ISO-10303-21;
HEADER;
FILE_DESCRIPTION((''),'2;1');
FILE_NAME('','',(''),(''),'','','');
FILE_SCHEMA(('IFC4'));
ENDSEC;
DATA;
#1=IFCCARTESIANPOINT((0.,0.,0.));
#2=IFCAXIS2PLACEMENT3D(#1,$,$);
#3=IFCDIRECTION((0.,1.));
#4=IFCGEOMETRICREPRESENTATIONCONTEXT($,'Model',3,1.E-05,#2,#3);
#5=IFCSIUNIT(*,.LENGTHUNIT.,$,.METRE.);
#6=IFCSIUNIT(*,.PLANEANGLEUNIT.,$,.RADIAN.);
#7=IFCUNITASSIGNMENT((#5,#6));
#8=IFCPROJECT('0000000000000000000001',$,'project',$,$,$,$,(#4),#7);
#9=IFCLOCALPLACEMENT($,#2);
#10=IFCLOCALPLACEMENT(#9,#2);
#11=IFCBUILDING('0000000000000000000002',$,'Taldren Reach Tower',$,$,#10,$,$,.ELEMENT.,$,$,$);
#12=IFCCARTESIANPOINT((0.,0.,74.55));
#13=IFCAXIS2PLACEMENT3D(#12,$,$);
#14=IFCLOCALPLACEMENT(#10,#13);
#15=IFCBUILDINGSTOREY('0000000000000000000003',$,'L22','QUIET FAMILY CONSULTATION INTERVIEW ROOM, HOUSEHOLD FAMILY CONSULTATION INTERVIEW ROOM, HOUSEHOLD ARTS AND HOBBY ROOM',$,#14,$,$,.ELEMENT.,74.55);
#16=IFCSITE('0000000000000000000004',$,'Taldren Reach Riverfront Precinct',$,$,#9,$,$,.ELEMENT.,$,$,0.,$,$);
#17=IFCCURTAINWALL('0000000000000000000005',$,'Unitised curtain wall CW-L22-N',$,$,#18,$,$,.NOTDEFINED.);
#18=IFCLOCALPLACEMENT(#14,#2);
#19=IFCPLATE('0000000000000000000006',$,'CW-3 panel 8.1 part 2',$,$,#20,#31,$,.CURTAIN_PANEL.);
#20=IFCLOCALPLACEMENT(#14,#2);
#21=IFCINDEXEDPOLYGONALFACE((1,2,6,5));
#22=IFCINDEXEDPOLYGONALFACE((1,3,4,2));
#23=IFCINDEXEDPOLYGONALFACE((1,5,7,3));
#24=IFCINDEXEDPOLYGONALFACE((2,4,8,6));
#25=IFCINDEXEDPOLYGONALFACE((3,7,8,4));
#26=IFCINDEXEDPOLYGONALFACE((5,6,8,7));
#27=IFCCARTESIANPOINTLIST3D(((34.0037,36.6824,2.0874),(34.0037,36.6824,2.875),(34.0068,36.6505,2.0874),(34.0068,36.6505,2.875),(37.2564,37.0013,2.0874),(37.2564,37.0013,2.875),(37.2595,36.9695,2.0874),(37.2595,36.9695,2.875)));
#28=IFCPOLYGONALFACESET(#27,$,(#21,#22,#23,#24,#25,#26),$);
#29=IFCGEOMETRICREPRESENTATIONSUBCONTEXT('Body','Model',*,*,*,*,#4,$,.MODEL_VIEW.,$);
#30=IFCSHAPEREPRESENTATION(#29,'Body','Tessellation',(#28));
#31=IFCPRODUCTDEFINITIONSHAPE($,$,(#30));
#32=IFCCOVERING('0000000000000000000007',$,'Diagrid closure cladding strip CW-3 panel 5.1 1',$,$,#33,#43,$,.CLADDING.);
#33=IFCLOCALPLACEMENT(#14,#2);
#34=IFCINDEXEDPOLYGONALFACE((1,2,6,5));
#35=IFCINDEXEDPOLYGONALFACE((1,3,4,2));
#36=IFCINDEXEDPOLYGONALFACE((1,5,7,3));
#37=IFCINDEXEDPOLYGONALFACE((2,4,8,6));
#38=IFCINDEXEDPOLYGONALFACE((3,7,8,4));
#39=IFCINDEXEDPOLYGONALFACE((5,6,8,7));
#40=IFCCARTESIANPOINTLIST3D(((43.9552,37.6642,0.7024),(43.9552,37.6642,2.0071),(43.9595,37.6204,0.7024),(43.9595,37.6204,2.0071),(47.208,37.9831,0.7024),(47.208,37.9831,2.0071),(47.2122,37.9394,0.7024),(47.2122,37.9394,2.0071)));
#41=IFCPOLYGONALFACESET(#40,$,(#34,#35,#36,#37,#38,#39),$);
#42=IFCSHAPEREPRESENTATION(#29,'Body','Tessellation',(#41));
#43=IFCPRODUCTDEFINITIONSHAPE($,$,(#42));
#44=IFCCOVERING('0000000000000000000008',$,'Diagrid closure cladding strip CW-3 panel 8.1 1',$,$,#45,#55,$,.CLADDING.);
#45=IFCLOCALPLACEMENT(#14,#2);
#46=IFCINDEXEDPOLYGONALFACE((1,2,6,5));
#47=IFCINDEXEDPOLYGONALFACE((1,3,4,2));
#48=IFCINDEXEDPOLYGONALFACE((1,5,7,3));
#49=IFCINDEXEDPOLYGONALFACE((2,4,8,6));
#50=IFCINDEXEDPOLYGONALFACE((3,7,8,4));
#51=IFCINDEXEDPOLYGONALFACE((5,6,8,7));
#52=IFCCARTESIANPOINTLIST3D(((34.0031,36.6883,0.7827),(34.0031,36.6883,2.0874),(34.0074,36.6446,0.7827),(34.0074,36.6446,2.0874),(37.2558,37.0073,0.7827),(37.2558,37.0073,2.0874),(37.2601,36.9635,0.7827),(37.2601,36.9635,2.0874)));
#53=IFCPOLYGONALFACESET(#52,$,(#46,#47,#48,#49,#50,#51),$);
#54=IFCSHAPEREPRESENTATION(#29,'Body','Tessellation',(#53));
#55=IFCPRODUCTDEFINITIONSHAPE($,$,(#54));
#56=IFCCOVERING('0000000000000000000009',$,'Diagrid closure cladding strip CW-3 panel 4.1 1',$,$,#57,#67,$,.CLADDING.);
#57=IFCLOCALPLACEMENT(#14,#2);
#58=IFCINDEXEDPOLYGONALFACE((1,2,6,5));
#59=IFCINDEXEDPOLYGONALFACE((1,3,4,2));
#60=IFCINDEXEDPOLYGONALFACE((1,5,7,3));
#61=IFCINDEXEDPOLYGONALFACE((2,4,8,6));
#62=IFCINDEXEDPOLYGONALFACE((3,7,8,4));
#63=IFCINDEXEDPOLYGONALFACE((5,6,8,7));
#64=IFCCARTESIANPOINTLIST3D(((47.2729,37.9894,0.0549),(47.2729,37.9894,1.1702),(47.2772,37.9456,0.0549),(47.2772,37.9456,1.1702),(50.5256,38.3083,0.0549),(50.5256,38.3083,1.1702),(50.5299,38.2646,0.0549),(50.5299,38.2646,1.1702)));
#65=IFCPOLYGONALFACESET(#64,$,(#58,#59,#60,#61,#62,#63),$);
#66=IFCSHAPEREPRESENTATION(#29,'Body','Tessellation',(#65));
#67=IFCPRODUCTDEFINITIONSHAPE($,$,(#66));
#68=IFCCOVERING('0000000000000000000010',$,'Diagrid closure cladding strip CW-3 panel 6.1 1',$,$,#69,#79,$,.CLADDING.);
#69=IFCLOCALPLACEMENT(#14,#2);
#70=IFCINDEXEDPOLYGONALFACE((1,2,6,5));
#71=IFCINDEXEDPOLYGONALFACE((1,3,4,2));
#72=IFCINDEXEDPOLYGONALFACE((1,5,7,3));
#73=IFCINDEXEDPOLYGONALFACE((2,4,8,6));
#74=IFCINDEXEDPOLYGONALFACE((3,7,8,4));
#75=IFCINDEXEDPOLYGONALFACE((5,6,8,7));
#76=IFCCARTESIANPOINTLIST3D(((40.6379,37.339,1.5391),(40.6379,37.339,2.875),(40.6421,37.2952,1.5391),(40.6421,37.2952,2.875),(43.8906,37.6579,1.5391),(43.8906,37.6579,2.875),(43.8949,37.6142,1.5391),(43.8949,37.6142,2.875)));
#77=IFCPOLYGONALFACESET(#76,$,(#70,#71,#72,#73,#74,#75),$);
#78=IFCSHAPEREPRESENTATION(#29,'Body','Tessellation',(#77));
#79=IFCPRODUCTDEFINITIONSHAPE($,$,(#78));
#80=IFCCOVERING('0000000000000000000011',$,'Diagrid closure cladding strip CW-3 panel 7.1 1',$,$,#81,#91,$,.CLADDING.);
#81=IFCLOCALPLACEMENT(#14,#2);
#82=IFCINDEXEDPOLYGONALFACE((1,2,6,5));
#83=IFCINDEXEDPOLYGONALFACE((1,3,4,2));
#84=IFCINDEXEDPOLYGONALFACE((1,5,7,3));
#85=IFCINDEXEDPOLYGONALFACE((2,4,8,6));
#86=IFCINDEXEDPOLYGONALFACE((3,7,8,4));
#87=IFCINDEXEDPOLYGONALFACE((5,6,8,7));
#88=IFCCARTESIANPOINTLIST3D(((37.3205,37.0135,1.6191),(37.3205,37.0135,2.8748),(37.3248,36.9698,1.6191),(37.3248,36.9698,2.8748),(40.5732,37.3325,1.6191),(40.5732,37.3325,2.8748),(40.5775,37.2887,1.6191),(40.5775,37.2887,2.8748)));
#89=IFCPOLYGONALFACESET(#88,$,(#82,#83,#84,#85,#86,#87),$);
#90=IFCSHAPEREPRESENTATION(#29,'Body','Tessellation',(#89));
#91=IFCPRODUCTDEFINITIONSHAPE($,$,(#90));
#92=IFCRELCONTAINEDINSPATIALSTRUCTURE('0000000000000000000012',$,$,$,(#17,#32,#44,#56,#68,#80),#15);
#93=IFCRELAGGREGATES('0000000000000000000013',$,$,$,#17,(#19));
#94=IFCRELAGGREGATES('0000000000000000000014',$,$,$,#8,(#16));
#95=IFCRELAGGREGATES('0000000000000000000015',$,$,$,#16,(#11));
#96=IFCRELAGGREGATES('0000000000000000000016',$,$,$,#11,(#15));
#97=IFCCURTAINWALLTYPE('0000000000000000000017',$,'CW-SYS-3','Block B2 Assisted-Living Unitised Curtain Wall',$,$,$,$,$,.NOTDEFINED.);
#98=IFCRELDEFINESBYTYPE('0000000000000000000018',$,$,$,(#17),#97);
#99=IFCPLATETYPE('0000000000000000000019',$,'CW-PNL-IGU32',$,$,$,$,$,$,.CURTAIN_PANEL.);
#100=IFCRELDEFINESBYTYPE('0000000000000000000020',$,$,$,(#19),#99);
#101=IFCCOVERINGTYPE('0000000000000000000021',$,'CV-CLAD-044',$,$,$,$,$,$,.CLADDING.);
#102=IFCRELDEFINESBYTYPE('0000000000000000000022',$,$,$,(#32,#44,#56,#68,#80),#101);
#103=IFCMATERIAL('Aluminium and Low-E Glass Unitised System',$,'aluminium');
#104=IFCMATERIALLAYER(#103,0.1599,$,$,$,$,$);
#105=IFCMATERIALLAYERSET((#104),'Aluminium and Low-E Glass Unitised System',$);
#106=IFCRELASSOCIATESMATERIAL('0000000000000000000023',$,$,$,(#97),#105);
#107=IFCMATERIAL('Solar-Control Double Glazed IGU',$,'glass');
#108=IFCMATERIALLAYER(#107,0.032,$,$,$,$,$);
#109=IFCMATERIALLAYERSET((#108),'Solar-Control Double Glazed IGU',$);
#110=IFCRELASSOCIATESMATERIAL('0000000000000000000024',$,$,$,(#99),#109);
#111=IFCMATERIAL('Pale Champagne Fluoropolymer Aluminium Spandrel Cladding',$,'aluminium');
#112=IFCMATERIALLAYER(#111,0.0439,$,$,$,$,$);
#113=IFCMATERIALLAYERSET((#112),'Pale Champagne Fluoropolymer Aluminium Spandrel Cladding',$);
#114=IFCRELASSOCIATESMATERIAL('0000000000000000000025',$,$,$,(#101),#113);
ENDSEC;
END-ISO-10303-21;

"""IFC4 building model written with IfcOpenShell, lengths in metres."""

from ifc_helpers import new_model, si_unit, direction, frame, origin, origin_2d, place, context, subcontext, project, spatial, rectangle, extrude, source, transform, mapped, material, layer, layer_set, type_object, element, aggregate, save


model = new_model("IFC4")

# Units and contexts
model_context = context("Model", 3, precision=1e-05, world=origin(), true_north=direction((0.0, 1.0)))
body_context = subcontext(model_context, "Body", "Model", "MODEL_VIEW")
ifc_project = project(units=[si_unit("LENGTHUNIT", "METRE"), si_unit("PLANEANGLEUNIT", "RADIAN")], contexts=[model_context])

# Site, building, storey
site_placement = place(None, origin())
site = spatial("IfcSite", under=ifc_project, at=site_placement, Name="Taldren Reach Riverfront Precinct", CompositionType="ELEMENT", RefElevation=0.0)
building_placement = place(site_placement, origin())
building = spatial("IfcBuilding", under=site, at=building_placement, Name="Taldren Reach Tower", CompositionType="ELEMENT")
storey_placement = place(building_placement, frame((0.0, 0.0, 74.55)))
storey = spatial("IfcBuildingStorey", under=building, at=storey_placement, Name="L22", Description="QUIET FAMILY CONSULTATION INTERVIEW ROOM, HOUSEHOLD FAMILY CONSULTATION INTERVIEW ROOM, HOUSEHOLD ARTS AND HOBBY ROOM", CompositionType="ELEMENT", Elevation=74.55)

# Curtain wall
ifc_material_1 = material(Name="Aluminium and Low-E Glass Unitised System", Category="aluminium")
ifc_layer_1 = layer(ifc_material_1, 0.1599)
ifc_layer_set_1 = layer_set([ifc_layer_1], Name="Aluminium and Low-E Glass Unitised System")
curtain_wall_type = type_object("IfcCurtainWallType", Name="CW-SYS-3", Description="Block B2 Assisted-Living Unitised Curtain Wall", PredefinedType="NOTDEFINED", material=ifc_layer_set_1)
curtain_wall_placement = place(storey_placement, origin())
curtain_wall = element("IfcCurtainWall", 1, at=curtain_wall_placement, inside=storey, type_object=curtain_wall_type, Name="Unitised curtain wall CW-L22-N", PredefinedType="NOTDEFINED")

# Plate
ifc_material_2 = material(Name="Solar-Control Double Glazed IGU", Category="glass")
ifc_layer_2 = layer(ifc_material_2, 0.032)
ifc_layer_set_2 = layer_set([ifc_layer_2], Name="Solar-Control Double Glazed IGU")
plate_type_1 = type_object("IfcPlateType", Name="CW-PNL-IGU32", PredefinedType="CURTAIN_PANEL", material=ifc_layer_set_2)
shared_shape_1 = source(origin(), body_context, "Body", "SweptSolid", [
    extrude(rectangle(XDim=3.2683, YDim=0.032, at=origin_2d()), origin(), (0.0, 0.0, 1.0), 0.7876),
])
plate_1_placement = place(storey_placement, frame((35.6316, 36.8259, 2.0874), z_axis=(0.0, 0.0, 1.0), x_axis=(-0.995227, -0.097583, 0.0)))
plate_1 = element("IfcPlate", 2, at=plate_1_placement, type_object=plate_type_1, Name="CW-3 panel 8.1 part 2", PredefinedType="CURTAIN_PANEL", context=body_context, shape_type="MappedRepresentation", body=[
    mapped(shared_shape_1, transform((0.0, 0.0, 0.0), scale=1.0)),
])
aggregate(curtain_wall, [plate_1])

# Coverings
ifc_material_3 = material(Name="Pale Champagne Fluoropolymer Aluminium Spandrel Cladding", Category="aluminium")
ifc_layer_3 = layer(ifc_material_3, 0.0439)
ifc_layer_set_3 = layer_set([ifc_layer_3], Name="Pale Champagne Fluoropolymer Aluminium Spandrel Cladding")
covering_type = type_object("IfcCoveringType", Name="CV-CLAD-044", PredefinedType="CLADDING", material=ifc_layer_set_3)
shared_shape_2 = source(origin(), body_context, "Body", "SweptSolid", [
    extrude(rectangle(XDim=3.2683, YDim=0.0439, at=origin_2d()), origin(), (0.0, 0.0, 1.0), 1.3047),
])
for number, where, z_axis, x_axis, name in (
    (3, (45.5837, 37.8018, 0.7024), (0.0, 0.0, 1.0), (-0.995227, -0.097583, 0.0), "Diagrid closure cladding strip CW-3 panel 5.1 1"),
    (4, (35.6316, 36.8259, 0.7827), (0.0, 0.0, 1.0), (-0.995227, -0.097583, 0.0), "Diagrid closure cladding strip CW-3 panel 8.1 1"),
):
    element("IfcCovering", number, at=place(storey_placement, frame(where, z_axis=z_axis, x_axis=x_axis)), inside=storey, type_object=covering_type, Name=name, PredefinedType="CLADDING", context=body_context, shape_type="MappedRepresentation", body=[
        mapped(shared_shape_2, transform((0.0, 0.0, 0.0), scale=1.0)),
    ])
shared_shape_3 = source(origin(), body_context, "Body", "SweptSolid", [
    extrude(rectangle(XDim=3.2683, YDim=0.0439, at=origin_2d()), origin(), (0.0, 0.0, 1.0), 1.1152),
])
covering_1_placement = place(storey_placement, frame((48.9014, 38.127, 0.0549), z_axis=(0.0, 0.0, 1.0), x_axis=(-0.995227, -0.097583, 0.0)))
element("IfcCovering", 5, at=covering_1_placement, inside=storey, type_object=covering_type, Name="Diagrid closure cladding strip CW-3 panel 4.1 1", PredefinedType="CLADDING", context=body_context, shape_type="MappedRepresentation", body=[
    mapped(shared_shape_3, transform((0.0, 0.0, 0.0), scale=1.0)),
])
shared_shape_4 = source(origin(), body_context, "Body", "SweptSolid", [
    extrude(rectangle(XDim=3.2683, YDim=0.0439, at=origin_2d()), origin(), (0.0, 0.0, 1.0), 1.3359),
])
covering_2_placement = place(storey_placement, frame((42.2664, 37.4766, 1.5391), z_axis=(0.0, 0.0, 1.0), x_axis=(-0.995227, -0.097583, 0.0)))
element("IfcCovering", 6, at=covering_2_placement, inside=storey, type_object=covering_type, Name="Diagrid closure cladding strip CW-3 panel 6.1 1", PredefinedType="CLADDING", context=body_context, shape_type="MappedRepresentation", body=[
    mapped(shared_shape_4, transform((0.0, 0.0, 0.0), scale=1.0)),
])
shared_shape_5 = source(origin(), body_context, "Body", "SweptSolid", [
    extrude(rectangle(XDim=3.2683, YDim=0.0439, at=origin_2d()), origin(), (0.0, 0.0, 1.0), 1.2556),
])
covering_3_placement = place(storey_placement, frame((38.949, 37.1511, 1.6191), z_axis=(0.0, 0.0, 1.0), x_axis=(-0.995227, -0.097583, 0.0)))
element("IfcCovering", 7, at=covering_3_placement, inside=storey, type_object=covering_type, Name="Diagrid closure cladding strip CW-3 panel 7.1 1", PredefinedType="CLADDING", context=body_context, shape_type="MappedRepresentation", body=[
    mapped(shared_shape_5, transform((0.0, 0.0, 0.0), scale=1.0)),
])

save(model, "model.ifc")
